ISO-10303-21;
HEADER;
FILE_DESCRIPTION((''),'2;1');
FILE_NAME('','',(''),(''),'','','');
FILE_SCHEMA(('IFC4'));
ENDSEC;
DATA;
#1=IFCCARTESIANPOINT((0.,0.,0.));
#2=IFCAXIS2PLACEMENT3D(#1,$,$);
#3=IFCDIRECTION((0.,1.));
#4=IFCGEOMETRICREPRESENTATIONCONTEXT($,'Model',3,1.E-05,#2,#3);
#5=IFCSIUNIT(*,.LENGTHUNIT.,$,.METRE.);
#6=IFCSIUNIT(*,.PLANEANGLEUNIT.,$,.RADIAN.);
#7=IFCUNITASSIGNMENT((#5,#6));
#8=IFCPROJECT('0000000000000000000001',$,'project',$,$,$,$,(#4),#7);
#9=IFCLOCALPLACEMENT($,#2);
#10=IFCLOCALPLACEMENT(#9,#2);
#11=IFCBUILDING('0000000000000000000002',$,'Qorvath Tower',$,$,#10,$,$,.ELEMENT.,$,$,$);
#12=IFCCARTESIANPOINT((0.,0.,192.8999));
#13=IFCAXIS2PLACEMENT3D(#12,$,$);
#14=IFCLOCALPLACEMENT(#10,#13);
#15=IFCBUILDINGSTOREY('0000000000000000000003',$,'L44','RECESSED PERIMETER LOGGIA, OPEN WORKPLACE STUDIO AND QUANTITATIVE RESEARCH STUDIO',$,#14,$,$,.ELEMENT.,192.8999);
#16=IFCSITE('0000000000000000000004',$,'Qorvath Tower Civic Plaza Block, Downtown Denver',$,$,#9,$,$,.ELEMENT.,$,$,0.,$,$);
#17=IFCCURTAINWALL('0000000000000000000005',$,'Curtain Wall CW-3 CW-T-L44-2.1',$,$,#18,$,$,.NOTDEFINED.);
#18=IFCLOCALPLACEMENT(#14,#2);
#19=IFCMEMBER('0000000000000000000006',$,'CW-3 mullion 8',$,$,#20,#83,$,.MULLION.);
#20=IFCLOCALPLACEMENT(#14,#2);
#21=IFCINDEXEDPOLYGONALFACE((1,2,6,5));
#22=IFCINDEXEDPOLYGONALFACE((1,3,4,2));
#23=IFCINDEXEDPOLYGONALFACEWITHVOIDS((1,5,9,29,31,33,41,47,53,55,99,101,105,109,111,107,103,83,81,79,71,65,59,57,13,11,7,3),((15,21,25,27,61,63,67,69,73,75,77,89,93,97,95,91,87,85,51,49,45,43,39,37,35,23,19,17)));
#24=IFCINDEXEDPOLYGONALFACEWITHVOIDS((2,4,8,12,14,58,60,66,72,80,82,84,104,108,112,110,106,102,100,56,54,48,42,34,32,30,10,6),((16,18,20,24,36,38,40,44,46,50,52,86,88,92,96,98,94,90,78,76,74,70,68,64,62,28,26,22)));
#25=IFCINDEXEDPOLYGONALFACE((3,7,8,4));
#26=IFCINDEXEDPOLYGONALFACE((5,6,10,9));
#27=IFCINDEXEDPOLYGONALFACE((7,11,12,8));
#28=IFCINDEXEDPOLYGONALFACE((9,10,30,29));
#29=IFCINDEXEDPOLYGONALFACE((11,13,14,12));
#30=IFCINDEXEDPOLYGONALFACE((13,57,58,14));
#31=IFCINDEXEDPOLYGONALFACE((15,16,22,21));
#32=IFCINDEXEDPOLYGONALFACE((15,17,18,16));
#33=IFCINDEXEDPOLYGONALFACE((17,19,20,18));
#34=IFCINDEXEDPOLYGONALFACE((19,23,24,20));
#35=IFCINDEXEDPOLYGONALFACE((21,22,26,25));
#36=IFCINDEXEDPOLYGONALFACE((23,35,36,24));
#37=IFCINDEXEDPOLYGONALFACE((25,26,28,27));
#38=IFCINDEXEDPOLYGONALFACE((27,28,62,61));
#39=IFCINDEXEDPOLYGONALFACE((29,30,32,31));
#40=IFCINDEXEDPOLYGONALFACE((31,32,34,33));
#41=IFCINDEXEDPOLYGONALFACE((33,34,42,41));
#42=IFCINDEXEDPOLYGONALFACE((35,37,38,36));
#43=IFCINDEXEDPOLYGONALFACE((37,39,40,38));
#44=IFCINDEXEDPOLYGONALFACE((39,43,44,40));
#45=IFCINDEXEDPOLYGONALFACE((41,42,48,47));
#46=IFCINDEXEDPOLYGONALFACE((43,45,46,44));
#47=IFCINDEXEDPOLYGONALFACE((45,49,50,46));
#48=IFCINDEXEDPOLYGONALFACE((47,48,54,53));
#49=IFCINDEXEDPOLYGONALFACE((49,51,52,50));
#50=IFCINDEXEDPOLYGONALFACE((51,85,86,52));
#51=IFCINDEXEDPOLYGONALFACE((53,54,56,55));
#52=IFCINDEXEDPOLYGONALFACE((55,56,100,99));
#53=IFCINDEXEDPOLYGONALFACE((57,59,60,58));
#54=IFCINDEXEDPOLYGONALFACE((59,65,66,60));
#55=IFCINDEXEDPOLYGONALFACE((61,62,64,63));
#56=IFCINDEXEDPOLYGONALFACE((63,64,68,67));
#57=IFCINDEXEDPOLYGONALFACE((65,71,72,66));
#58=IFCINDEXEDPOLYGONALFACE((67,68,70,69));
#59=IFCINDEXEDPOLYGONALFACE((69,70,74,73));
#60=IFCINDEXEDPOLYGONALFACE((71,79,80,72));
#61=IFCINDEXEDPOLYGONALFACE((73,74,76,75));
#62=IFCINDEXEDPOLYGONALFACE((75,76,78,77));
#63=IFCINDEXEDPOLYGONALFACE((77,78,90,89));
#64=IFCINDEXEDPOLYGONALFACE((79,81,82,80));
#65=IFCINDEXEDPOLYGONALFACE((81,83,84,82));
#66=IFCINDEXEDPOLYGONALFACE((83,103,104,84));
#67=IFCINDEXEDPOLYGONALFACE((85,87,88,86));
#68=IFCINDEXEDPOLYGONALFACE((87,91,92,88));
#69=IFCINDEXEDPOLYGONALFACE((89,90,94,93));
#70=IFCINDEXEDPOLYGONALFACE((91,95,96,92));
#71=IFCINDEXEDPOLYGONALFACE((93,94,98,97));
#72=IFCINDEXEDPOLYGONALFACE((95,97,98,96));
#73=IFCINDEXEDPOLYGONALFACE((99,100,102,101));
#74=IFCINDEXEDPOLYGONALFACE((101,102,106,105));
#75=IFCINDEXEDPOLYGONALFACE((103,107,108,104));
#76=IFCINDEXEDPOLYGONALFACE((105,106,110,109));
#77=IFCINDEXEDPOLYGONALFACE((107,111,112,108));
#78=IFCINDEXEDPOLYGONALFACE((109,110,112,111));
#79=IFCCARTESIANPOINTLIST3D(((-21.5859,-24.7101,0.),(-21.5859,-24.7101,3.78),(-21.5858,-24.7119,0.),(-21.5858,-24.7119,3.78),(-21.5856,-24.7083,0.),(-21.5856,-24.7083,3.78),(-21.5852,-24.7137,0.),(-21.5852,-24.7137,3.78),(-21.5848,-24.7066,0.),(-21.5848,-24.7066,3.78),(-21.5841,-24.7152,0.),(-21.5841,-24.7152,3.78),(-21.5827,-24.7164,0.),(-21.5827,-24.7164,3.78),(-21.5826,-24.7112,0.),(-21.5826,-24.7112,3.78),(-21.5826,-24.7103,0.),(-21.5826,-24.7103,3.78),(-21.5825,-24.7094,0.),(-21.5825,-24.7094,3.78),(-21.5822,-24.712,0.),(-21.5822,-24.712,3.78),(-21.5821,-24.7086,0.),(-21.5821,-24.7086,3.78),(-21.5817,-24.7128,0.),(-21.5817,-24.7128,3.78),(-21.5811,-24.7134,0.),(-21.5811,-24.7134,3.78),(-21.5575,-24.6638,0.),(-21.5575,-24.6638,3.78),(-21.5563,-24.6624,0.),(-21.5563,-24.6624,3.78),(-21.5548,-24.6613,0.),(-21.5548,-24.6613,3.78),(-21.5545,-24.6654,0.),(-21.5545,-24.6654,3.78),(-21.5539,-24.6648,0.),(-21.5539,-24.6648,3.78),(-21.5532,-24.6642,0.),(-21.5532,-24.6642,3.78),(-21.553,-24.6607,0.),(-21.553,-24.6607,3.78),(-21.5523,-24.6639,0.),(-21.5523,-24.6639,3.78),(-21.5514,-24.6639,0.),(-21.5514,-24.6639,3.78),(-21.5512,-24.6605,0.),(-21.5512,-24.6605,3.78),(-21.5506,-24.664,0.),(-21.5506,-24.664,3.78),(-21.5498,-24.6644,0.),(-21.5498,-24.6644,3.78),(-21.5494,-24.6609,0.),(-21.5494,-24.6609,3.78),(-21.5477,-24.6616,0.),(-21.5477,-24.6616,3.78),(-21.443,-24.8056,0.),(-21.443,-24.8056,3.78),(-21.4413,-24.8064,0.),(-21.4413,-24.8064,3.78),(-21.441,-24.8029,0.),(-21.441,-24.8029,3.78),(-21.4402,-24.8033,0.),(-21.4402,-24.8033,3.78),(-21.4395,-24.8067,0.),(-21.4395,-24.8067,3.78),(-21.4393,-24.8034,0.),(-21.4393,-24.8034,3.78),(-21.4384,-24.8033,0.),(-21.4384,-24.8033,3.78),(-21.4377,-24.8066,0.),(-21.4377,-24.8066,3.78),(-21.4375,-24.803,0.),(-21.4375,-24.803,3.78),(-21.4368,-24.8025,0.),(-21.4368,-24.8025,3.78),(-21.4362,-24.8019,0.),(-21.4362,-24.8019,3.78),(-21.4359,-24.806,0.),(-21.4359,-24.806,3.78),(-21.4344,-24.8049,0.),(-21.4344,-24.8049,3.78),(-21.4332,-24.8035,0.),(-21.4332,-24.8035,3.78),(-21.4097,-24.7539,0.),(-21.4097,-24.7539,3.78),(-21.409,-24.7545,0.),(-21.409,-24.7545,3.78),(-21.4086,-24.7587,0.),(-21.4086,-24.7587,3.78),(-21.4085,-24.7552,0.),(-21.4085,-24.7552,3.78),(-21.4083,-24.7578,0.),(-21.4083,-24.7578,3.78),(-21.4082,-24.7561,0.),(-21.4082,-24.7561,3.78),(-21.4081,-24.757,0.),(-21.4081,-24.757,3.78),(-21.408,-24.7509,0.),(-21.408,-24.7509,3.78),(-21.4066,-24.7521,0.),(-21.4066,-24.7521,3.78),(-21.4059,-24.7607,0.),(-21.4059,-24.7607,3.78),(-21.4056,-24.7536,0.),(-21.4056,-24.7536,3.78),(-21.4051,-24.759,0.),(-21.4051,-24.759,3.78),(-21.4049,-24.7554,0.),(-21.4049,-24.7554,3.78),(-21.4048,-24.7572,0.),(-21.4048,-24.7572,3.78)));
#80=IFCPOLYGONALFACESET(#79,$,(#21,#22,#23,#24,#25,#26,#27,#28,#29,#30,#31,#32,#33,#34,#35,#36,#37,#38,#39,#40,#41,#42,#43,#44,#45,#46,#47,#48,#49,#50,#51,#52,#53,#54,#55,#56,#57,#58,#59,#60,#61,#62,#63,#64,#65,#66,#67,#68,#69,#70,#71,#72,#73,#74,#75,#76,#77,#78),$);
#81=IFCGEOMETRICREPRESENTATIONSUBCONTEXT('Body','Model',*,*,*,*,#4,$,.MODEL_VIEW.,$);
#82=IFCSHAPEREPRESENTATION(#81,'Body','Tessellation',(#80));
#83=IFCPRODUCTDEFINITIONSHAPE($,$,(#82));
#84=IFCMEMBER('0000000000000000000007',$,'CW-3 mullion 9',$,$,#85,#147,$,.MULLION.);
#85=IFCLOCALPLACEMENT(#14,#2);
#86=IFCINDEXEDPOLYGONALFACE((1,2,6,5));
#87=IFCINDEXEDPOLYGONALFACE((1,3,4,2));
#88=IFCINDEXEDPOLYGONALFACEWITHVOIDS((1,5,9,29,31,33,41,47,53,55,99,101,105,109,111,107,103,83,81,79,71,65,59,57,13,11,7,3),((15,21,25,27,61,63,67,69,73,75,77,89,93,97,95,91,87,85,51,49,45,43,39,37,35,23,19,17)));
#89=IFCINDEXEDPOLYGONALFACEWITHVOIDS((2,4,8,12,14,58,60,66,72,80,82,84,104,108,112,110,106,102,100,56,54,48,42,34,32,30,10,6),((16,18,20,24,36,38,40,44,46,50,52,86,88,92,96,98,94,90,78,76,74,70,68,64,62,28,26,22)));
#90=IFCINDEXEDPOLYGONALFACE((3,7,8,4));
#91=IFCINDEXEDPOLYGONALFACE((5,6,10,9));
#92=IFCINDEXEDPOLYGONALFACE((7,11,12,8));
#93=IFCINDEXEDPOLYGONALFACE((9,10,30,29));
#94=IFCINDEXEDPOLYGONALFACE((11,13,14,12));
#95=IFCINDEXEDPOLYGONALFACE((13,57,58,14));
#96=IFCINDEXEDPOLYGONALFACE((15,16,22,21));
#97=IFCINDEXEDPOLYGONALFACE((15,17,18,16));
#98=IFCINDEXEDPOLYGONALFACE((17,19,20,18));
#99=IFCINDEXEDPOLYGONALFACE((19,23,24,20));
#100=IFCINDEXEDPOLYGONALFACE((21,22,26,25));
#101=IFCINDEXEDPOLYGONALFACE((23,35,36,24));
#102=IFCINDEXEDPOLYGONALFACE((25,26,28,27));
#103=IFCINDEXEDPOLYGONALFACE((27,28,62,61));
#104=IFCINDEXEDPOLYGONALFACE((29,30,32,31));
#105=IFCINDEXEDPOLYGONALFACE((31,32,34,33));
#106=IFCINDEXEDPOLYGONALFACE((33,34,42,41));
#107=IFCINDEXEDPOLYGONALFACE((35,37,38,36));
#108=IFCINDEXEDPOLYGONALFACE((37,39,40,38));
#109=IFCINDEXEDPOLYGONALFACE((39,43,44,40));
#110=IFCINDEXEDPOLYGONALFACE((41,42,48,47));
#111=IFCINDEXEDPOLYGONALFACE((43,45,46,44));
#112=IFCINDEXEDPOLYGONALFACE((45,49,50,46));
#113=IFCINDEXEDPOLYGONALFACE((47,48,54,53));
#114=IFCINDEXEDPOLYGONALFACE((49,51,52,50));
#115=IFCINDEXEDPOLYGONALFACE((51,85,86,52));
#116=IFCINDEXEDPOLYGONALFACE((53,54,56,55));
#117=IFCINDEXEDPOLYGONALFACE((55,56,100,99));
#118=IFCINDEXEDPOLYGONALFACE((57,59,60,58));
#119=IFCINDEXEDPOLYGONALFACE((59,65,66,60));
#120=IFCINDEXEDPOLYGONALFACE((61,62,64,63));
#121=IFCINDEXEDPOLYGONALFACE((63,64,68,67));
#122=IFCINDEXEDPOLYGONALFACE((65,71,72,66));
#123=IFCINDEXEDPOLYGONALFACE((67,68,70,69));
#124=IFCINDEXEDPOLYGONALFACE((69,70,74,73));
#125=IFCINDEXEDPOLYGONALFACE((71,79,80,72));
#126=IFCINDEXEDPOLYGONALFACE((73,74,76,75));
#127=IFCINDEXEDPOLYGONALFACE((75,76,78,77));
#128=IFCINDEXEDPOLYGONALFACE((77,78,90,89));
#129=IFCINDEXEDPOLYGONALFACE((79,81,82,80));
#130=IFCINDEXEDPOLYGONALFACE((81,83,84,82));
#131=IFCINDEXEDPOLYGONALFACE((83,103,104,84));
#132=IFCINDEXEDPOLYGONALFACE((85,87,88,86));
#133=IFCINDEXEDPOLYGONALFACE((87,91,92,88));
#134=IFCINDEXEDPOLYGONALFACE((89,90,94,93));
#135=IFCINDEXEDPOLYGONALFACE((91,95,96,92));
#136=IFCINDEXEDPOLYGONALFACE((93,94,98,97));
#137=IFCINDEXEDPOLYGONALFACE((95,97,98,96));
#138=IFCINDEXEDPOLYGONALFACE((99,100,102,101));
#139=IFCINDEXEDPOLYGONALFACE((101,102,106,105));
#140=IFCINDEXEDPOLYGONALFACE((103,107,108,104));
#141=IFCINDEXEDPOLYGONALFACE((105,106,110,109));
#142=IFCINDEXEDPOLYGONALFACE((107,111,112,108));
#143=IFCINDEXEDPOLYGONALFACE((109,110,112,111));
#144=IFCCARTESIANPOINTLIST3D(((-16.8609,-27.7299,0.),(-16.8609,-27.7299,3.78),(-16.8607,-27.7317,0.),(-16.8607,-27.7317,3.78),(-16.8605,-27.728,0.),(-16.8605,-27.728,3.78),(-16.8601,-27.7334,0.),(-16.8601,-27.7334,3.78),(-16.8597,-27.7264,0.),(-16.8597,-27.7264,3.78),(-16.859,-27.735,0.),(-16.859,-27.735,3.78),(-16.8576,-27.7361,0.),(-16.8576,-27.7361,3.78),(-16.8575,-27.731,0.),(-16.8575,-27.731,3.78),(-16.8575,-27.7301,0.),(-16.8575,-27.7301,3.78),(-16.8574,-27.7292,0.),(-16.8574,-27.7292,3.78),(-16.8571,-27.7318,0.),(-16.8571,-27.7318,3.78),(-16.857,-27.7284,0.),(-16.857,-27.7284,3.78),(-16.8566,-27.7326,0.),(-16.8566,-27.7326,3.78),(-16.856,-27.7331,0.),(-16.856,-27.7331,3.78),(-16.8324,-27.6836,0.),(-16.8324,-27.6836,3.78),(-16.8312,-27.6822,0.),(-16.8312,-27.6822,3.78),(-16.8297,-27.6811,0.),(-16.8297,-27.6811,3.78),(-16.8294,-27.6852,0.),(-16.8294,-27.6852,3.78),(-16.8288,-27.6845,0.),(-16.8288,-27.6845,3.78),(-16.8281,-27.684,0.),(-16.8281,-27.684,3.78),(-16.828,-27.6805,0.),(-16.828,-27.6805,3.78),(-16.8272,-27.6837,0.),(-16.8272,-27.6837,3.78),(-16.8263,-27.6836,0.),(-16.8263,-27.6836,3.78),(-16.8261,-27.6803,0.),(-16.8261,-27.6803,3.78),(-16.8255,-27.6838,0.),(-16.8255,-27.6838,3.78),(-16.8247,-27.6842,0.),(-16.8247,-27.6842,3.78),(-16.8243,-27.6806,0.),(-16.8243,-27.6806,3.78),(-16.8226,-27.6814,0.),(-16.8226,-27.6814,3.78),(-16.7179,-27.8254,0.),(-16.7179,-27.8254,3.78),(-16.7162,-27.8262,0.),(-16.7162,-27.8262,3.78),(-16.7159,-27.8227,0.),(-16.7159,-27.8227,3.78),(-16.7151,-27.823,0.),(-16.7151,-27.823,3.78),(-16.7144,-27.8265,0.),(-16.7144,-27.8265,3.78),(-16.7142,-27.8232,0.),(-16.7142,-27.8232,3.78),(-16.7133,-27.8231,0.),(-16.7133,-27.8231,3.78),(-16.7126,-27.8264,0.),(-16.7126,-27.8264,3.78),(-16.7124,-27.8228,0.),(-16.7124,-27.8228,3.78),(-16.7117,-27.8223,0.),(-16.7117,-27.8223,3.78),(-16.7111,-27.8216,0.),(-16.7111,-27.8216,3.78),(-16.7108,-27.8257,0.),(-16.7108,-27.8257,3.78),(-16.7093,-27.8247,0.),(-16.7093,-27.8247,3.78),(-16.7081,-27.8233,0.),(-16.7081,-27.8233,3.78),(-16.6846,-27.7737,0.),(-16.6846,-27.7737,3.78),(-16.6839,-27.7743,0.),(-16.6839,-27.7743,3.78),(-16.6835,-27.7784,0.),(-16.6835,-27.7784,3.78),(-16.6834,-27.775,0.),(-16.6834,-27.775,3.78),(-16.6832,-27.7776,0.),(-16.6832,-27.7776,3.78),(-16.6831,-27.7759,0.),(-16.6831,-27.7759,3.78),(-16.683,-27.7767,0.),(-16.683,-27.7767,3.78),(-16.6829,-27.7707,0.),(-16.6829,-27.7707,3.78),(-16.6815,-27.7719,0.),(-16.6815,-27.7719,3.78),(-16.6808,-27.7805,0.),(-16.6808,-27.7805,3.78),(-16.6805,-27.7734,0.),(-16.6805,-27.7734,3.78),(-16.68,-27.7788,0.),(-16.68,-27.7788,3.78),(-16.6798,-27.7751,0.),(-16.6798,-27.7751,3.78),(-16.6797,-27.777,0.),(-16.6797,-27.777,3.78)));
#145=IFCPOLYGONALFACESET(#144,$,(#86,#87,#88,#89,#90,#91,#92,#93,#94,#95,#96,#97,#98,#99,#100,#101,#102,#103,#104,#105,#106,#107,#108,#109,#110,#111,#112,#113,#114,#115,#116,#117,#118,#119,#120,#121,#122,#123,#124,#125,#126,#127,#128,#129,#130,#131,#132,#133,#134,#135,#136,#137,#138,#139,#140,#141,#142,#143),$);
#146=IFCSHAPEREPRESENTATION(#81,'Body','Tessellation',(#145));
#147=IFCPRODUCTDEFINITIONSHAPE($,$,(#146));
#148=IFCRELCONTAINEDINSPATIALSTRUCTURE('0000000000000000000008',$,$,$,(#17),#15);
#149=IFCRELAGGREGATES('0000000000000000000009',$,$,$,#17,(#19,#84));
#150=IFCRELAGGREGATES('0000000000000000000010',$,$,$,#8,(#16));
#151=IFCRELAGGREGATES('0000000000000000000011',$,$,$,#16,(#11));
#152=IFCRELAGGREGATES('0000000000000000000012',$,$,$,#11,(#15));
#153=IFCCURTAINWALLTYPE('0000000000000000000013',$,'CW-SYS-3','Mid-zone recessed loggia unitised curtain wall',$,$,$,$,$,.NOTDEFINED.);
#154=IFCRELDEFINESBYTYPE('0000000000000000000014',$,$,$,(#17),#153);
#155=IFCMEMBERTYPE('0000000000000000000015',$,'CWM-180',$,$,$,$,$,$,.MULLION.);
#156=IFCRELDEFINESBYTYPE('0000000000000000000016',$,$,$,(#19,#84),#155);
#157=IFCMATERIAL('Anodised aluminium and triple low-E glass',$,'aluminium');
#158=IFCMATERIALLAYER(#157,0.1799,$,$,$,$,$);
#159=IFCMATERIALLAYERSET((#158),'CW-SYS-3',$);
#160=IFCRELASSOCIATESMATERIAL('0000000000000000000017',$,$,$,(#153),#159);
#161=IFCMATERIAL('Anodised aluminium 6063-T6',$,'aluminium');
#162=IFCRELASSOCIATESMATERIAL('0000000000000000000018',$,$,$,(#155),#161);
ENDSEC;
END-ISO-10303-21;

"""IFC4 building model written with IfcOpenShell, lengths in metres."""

from ifc_helpers import new_model, si_unit, direction, frame, origin, origin_2d, place, context, subcontext, project, spatial, hollow_rectangle, extrude, material, layer, layer_set, material_profile, profile_set, type_object, element, aggregate, save


model = new_model("IFC4")

# Units and contexts
model_context = context("Model", 3, precision=1e-05, world=origin(), true_north=direction((0.0, 1.0)))
body_context = subcontext(model_context, "Body", "Model", "MODEL_VIEW")
ifc_project = project(units=[si_unit("LENGTHUNIT", "METRE"), si_unit("PLANEANGLEUNIT", "RADIAN")], contexts=[model_context])

# Site, building, storey
site_placement = place(None, origin())
site = spatial("IfcSite", under=ifc_project, at=site_placement, Name="Qorvath Tower Civic Plaza Block, Downtown Denver", CompositionType="ELEMENT", RefElevation=0.0)
building_placement = place(site_placement, origin())
building = spatial("IfcBuilding", under=site, at=building_placement, Name="Qorvath Tower", CompositionType="ELEMENT")
storey_placement = place(building_placement, frame((0.0, 0.0, 192.8999)))
storey = spatial("IfcBuildingStorey", under=building, at=storey_placement, Name="L44", Description="RECESSED PERIMETER LOGGIA, OPEN WORKPLACE STUDIO AND QUANTITATIVE RESEARCH STUDIO", CompositionType="ELEMENT", Elevation=192.8999)

# Curtain wall, members
ifc_material_1 = material(Name="Anodised aluminium and triple low-E glass", Category="aluminium")
ifc_layer_1 = layer(ifc_material_1, 0.1799)
ifc_layer_set_1 = layer_set([ifc_layer_1], Name="CW-SYS-3")
curtain_wall_type = type_object("IfcCurtainWallType", Name="CW-SYS-3", Description="Mid-zone recessed loggia unitised curtain wall", PredefinedType="NOTDEFINED", material=ifc_layer_set_1)
curtain_wall_1_placement = place(storey_placement, origin())
curtain_wall_1 = element("IfcCurtainWall", 1, at=curtain_wall_1_placement, inside=storey, type_object=curtain_wall_type, Name="Curtain Wall CW-3 CW-T-L44-2.1", PredefinedType="NOTDEFINED")
ifc_material_2 = material(Name="Anodised aluminium 6063-T6", Category="aluminium")
ifc_material_profile_1 = material_profile(ifc_material_2, hollow_rectangle(XDim=0.0649, YDim=0.1799, WallThickness=0.0034, InnerFilletRadius=0.0034, OuterFilletRadius=0.0071, at=origin_2d()), Name="CWM 180x65")
ifc_profile_set_1 = profile_set([ifc_material_profile_1], Name="Anodised aluminium 6063-T6")
member_type_1 = type_object("IfcMemberType", Name="CWM-180", PredefinedType="MULLION", material=ifc_profile_set_1)
member_1_placement = place(storey_placement, frame((-21.4954, -24.7336, 0.0), z_axis=(0.0, 0.0, 1.0), x_axis=(0.538534, 0.842604, 0.0)))
member_1 = element("IfcMember", 2, at=member_1_placement, type_object=member_type_1, Name="CW-3 mullion 8", PredefinedType="MULLION", context=body_context, shape_type="SweptSolid", body=[
    extrude(hollow_rectangle(XDim=0.0649, YDim=0.1799, WallThickness=0.0034, InnerFilletRadius=0.0034, OuterFilletRadius=0.0071, at=origin_2d()), origin(), (0.0, 0.0, 1.0), 3.78),
])
member_2_placement = place(storey_placement, frame((-16.7703, -27.7534, 0.0), z_axis=(0.0, 0.0, 1.0), x_axis=(0.538534, 0.842604, 0.0)))
member_2 = element("IfcMember", 3, at=member_2_placement, type_object=member_type_1, Name="CW-3 mullion 9", PredefinedType="MULLION", context=body_context, shape_type="SweptSolid", body=[
    extrude(hollow_rectangle(XDim=0.0649, YDim=0.1799, WallThickness=0.0034, InnerFilletRadius=0.0034, OuterFilletRadius=0.0071, at=origin_2d()), origin(), (0.0, 0.0, 1.0), 3.78),
])

aggregate(curtain_wall_1, [member_1, member_2])

save(model, "model.ifc")
